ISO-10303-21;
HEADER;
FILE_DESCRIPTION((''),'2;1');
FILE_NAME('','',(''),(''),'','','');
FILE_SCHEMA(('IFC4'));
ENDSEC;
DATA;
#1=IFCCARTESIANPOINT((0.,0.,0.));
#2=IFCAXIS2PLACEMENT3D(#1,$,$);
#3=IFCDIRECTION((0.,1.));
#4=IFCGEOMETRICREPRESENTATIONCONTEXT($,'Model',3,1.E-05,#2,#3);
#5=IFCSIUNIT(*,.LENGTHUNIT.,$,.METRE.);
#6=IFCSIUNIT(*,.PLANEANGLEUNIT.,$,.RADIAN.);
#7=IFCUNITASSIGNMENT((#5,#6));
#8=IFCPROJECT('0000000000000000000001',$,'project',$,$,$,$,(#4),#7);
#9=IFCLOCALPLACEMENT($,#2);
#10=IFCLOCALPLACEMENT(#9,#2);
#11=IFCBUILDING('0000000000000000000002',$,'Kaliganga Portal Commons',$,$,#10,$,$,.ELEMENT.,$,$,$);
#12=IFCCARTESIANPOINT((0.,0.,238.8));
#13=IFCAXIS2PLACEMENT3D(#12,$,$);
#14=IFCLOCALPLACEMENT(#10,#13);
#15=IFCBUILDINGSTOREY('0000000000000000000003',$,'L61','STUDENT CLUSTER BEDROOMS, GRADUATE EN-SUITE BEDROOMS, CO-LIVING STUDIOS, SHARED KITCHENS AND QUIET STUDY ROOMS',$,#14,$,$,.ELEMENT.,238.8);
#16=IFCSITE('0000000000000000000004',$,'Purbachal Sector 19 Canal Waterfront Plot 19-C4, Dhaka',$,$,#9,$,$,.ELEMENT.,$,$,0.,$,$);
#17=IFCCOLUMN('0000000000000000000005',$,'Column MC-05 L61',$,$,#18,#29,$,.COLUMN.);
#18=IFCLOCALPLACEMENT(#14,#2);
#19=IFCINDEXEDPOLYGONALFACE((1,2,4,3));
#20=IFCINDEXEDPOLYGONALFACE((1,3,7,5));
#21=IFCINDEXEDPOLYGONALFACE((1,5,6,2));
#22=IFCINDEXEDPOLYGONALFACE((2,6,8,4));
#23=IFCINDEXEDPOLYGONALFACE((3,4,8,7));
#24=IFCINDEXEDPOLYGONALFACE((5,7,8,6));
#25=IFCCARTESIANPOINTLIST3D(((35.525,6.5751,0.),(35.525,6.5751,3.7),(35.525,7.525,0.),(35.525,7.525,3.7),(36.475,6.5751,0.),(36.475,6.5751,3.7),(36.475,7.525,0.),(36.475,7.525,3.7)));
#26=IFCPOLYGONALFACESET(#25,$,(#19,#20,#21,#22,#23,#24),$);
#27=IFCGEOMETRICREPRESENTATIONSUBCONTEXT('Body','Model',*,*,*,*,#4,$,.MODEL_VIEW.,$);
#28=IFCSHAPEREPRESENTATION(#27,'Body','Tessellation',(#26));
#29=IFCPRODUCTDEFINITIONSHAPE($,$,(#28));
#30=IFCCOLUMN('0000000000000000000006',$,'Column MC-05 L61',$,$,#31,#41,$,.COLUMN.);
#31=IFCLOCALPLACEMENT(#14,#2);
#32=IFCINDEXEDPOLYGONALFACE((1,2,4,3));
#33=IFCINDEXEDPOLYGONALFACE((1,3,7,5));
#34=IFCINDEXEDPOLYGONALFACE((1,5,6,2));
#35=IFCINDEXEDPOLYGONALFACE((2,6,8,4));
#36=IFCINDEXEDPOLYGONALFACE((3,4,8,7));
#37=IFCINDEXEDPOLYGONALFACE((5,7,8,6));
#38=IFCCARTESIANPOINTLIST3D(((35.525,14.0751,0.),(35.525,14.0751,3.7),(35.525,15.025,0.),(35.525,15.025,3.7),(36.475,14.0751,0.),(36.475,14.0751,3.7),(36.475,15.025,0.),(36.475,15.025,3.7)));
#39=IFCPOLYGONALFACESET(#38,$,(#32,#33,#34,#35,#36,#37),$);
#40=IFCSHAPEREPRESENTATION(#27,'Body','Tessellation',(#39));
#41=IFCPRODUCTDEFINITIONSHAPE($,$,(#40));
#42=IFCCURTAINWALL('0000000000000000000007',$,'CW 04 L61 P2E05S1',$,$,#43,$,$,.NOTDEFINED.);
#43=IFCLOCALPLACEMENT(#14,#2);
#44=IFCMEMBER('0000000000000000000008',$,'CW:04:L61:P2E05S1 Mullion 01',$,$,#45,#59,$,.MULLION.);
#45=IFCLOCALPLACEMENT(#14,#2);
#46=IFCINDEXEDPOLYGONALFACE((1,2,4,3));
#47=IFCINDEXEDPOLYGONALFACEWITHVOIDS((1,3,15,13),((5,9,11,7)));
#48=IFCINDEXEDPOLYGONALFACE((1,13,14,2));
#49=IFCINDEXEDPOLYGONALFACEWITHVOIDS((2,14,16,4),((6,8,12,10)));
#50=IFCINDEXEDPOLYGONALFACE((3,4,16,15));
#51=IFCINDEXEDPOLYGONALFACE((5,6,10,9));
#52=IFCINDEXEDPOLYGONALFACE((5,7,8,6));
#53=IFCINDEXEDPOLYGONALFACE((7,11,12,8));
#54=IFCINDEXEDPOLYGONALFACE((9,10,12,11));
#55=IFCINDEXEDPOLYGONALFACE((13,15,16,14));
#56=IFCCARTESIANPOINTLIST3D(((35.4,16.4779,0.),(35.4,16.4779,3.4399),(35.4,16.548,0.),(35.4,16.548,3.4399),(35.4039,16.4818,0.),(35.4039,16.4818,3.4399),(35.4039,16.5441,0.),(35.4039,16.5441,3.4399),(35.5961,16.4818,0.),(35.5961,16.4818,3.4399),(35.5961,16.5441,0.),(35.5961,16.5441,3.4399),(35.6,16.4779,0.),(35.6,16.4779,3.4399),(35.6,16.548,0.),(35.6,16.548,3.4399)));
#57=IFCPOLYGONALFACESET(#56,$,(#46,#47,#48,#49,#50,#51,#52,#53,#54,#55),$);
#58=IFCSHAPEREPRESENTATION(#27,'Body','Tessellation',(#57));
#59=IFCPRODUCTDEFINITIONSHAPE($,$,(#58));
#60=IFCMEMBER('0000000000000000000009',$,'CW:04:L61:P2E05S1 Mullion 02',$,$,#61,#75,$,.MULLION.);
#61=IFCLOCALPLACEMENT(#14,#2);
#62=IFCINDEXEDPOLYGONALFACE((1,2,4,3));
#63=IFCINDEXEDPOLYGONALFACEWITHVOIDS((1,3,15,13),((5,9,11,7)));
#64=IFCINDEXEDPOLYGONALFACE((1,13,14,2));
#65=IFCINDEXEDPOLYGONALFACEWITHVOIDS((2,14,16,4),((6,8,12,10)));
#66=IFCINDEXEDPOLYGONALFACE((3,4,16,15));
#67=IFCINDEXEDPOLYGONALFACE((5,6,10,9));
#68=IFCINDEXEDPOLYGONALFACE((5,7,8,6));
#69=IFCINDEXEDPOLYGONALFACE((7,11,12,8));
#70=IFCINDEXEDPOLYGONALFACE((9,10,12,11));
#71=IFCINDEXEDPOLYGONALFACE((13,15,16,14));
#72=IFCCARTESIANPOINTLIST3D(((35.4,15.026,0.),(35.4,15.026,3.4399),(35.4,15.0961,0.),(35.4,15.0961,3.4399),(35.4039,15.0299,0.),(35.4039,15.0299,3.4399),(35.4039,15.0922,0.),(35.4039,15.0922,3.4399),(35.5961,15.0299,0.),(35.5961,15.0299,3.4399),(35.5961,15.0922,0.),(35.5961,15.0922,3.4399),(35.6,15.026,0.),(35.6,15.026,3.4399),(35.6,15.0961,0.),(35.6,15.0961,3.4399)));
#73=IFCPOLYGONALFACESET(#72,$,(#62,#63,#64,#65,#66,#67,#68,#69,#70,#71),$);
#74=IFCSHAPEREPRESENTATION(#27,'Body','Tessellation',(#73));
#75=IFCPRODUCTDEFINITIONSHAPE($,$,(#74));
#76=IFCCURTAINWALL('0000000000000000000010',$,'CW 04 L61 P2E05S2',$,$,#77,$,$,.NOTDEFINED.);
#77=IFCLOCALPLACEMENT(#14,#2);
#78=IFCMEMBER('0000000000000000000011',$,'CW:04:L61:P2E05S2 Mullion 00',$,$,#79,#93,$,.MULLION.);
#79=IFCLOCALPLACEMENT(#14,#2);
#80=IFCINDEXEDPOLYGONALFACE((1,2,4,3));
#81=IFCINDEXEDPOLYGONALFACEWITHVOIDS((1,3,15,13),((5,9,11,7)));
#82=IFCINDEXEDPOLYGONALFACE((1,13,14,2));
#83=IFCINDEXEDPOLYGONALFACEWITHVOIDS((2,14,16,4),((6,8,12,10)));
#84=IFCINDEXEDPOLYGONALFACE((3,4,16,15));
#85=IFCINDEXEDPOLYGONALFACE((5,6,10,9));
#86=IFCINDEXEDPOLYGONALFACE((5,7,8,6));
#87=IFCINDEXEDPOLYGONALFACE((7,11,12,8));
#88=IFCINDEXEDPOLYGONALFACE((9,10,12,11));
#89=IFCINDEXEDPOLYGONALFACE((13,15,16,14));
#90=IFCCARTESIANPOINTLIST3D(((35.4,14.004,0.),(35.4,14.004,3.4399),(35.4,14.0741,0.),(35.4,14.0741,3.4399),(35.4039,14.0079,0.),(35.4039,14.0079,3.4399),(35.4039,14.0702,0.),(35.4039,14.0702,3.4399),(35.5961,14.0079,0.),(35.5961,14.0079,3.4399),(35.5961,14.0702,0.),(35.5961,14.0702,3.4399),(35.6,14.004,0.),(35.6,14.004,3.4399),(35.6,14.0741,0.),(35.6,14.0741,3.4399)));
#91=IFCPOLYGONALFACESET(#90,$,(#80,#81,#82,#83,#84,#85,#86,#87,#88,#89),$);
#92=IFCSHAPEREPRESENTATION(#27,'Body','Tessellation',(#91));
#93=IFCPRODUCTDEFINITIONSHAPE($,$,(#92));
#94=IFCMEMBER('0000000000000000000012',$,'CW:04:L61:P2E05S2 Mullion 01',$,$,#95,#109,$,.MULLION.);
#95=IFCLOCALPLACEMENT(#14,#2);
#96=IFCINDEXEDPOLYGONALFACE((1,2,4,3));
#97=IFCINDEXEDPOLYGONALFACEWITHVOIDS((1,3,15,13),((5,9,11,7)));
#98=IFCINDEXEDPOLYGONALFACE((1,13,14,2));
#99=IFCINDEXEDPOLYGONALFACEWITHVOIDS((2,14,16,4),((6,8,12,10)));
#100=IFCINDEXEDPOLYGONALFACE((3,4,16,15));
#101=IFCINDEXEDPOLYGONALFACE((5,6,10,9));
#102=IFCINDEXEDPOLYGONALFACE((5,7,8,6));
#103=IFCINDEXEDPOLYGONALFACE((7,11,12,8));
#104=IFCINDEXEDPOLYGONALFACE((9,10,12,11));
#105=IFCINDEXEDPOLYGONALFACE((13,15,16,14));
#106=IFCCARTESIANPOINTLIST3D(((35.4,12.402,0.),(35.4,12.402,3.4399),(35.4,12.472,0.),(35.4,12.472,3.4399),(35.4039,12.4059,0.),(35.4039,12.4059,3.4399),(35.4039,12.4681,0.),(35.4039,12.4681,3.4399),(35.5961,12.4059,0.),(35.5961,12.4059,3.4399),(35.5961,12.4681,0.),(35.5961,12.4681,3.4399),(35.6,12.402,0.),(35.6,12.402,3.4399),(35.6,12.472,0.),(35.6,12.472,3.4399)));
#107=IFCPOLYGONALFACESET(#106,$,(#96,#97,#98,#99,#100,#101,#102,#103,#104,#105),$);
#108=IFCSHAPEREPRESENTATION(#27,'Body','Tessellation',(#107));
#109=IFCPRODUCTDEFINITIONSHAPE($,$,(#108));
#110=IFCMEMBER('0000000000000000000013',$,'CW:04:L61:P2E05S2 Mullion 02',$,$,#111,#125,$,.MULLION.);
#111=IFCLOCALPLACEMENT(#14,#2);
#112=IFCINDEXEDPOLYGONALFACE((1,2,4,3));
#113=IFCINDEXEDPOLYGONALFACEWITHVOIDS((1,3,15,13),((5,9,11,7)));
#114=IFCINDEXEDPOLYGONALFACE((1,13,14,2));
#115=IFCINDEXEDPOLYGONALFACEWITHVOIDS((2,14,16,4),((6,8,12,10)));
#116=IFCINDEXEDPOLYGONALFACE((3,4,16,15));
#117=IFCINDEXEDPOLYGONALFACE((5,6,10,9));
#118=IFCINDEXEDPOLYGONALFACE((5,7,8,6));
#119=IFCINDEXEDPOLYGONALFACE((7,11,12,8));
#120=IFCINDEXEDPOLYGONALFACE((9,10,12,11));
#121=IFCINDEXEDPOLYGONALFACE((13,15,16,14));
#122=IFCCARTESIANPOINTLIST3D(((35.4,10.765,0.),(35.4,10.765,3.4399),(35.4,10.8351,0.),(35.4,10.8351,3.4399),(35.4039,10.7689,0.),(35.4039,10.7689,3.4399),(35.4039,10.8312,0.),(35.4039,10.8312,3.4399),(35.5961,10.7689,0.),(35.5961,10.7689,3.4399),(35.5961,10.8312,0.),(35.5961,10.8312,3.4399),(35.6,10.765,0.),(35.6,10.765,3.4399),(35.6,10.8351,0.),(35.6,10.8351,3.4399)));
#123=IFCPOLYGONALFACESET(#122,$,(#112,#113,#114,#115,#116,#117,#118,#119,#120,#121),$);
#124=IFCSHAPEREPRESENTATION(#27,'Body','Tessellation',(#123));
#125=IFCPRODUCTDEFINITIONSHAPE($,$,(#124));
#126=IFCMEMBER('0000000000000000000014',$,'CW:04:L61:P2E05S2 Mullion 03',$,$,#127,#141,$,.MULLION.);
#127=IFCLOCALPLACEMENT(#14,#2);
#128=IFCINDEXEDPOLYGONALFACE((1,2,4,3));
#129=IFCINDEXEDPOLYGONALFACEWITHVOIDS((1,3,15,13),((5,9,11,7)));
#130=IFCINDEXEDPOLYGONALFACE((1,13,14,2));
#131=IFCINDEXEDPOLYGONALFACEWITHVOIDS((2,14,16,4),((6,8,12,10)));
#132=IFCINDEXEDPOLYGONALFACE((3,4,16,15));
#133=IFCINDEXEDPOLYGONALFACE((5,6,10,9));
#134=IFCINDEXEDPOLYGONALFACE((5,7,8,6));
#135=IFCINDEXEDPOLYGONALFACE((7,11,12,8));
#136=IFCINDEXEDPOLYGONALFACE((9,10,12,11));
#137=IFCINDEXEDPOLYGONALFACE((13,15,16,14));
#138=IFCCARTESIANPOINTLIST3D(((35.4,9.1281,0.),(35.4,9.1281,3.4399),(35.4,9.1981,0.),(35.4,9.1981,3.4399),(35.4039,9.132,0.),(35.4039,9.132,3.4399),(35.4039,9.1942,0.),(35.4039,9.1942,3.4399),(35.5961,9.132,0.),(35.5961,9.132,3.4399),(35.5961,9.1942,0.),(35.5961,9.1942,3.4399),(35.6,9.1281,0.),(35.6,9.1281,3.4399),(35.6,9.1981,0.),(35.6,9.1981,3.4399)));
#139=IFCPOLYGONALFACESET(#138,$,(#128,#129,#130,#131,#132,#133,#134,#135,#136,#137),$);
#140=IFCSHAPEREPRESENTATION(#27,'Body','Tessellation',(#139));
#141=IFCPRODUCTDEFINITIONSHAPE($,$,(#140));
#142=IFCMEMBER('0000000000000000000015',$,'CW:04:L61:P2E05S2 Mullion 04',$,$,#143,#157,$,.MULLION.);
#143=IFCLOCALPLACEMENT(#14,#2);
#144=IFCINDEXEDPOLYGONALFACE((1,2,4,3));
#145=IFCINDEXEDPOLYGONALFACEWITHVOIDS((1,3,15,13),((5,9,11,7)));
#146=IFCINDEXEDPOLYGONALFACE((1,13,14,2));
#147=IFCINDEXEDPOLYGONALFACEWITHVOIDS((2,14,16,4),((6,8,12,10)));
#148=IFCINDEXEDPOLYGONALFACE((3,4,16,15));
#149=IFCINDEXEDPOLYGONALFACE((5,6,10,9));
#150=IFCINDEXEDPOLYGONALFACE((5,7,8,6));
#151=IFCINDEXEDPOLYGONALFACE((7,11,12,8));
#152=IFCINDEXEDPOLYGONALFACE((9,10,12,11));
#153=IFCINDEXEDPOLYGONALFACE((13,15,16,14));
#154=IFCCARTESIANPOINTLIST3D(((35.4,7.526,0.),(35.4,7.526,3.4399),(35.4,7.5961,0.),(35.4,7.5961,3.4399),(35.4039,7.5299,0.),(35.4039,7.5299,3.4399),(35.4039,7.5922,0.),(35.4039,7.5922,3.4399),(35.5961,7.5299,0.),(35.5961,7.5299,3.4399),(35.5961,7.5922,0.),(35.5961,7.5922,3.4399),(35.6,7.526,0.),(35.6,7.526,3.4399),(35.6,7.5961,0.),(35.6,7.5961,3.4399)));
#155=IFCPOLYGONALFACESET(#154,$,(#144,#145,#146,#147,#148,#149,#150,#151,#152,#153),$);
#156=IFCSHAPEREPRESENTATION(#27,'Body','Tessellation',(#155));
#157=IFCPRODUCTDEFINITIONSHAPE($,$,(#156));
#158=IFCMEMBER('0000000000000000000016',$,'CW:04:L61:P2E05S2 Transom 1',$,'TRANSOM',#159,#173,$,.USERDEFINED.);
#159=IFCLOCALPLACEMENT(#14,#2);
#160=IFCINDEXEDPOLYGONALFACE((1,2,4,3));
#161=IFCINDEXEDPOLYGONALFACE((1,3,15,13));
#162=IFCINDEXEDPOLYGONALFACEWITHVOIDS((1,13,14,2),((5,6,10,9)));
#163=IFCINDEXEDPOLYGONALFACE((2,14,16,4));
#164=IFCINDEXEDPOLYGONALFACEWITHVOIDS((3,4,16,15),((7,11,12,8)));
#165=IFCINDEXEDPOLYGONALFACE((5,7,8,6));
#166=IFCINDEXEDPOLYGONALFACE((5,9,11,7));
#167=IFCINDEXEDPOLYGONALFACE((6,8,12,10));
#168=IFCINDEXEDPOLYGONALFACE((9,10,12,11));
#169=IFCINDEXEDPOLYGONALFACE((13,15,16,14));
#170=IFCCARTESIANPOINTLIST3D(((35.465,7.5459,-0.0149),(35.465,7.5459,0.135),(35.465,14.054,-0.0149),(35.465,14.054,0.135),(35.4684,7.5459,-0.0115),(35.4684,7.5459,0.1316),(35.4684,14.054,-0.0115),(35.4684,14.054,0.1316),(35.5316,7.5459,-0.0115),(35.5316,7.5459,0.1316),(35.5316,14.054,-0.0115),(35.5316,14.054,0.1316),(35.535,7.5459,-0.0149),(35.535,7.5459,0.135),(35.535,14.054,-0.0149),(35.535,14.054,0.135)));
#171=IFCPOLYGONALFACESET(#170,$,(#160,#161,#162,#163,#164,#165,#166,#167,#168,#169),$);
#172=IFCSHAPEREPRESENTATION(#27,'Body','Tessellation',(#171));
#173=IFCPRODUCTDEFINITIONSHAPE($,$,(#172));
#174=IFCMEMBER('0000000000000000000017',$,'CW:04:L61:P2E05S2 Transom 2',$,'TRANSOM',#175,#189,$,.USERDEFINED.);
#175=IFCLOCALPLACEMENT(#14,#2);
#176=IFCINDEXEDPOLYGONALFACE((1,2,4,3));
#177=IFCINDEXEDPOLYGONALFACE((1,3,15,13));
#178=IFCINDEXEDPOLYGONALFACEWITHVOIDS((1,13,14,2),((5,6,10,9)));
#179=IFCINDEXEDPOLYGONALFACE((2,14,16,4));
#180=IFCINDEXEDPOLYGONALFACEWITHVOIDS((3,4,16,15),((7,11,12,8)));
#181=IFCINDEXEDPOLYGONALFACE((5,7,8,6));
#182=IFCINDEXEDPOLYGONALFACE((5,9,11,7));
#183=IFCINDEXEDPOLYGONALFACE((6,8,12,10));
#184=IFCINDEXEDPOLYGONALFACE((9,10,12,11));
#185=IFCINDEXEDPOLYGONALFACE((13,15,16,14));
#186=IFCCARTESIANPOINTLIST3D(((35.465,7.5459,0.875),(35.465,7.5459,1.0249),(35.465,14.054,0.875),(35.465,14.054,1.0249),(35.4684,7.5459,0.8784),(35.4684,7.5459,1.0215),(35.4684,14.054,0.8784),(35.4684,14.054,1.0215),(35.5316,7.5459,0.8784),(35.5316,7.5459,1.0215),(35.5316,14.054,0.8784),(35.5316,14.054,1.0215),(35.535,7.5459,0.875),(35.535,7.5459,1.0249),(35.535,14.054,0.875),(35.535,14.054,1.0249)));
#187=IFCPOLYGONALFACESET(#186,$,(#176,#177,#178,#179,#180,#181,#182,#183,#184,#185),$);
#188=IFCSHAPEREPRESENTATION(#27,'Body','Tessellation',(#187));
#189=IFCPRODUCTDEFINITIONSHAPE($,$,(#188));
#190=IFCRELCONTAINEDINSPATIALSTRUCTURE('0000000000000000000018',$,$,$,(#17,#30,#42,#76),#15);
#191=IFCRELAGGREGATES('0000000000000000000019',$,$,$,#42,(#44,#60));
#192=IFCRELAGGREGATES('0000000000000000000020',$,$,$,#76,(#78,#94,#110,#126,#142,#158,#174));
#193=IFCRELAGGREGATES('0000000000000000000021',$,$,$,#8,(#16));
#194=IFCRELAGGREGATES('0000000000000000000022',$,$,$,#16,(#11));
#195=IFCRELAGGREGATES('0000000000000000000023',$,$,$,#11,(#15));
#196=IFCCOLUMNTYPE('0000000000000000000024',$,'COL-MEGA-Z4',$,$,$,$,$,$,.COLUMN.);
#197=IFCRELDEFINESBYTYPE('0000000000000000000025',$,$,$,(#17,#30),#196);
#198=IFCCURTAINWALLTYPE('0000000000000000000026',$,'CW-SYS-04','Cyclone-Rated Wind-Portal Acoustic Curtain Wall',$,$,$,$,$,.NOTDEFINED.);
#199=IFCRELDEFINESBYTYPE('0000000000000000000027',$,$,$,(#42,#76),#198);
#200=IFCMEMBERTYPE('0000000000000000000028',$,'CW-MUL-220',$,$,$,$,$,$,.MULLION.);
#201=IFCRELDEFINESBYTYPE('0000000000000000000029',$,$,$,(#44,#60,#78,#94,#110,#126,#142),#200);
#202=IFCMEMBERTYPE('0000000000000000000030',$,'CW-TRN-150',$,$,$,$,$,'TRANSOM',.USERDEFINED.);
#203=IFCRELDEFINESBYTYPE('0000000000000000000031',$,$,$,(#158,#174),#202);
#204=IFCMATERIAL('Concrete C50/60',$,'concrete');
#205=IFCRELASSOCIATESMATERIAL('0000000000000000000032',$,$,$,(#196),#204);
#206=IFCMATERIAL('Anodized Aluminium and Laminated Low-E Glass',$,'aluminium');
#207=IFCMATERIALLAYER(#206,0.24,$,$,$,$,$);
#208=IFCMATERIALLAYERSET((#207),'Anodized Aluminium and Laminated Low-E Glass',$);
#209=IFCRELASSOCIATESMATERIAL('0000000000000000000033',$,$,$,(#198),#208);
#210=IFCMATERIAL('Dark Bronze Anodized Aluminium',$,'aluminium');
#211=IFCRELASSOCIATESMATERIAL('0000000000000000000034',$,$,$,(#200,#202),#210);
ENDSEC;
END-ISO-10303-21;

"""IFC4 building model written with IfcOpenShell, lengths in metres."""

from ifc_helpers import new_model, si_unit, direction, frame, origin, origin_2d, place, context, subcontext, project, spatial, rectangle, hollow_rectangle, extrude, source, transform, mapped, material, layer, layer_set, material_profile, profile_set, type_object, element, aggregate, save


model = new_model("IFC4")

# Units and contexts
model_context = context("Model", 3, precision=1e-05, world=origin(), true_north=direction((0.0, 1.0)))
body_context = subcontext(model_context, "Body", "Model", "MODEL_VIEW")
ifc_project = project(units=[si_unit("LENGTHUNIT", "METRE"), si_unit("PLANEANGLEUNIT", "RADIAN")], contexts=[model_context])

# Site, building, storey
site_placement = place(None, origin())
site = spatial("IfcSite", under=ifc_project, at=site_placement, Name="Purbachal Sector 19 Canal Waterfront Plot 19-C4, Dhaka", CompositionType="ELEMENT", RefElevation=0.0)
building_placement = place(site_placement, origin())
building = spatial("IfcBuilding", under=site, at=building_placement, Name="Kaliganga Portal Commons", CompositionType="ELEMENT")
storey_placement = place(building_placement, frame((0.0, 0.0, 238.8)))
storey = spatial("IfcBuildingStorey", under=building, at=storey_placement, Name="L61", Description="STUDENT CLUSTER BEDROOMS, GRADUATE EN-SUITE BEDROOMS, CO-LIVING STUDIOS, SHARED KITCHENS AND QUIET STUDY ROOMS", CompositionType="ELEMENT", Elevation=238.8)

# Columns
ifc_material_1 = material(Name="Concrete C50/60", Category="concrete")
ifc_material_profile_1 = material_profile(ifc_material_1, rectangle(XDim=0.95, YDim=0.95, at=origin_2d()), Name="RC 950x950")
ifc_profile_set_1 = profile_set([ifc_material_profile_1], Name="Concrete C50/60")
column_type = type_object("IfcColumnType", Name="COL-MEGA-Z4", PredefinedType="COLUMN", material=ifc_profile_set_1)
shared_shape_1 = source(origin(), body_context, "Body", "SweptSolid", [
    extrude(rectangle(XDim=0.95, YDim=0.95, at=origin_2d()), origin(), (0.0, 0.0, 1.0), 3.7),
])
for number, where, z_axis, x_axis, name in (
    (1, (36.0, 7.05, 0.0), (0.0, 0.0, 1.0), (1.0, 0.0, 0.0), "Column MC-05 L61"),
    (2, (36.0, 14.55, 0.0), (0.0, 0.0, 1.0), (1.0, 0.0, 0.0), "Column MC-05 L61"),
):
    element("IfcColumn", number, at=place(storey_placement, frame(where, z_axis=z_axis, x_axis=x_axis)), inside=storey, type_object=column_type, Name=name, PredefinedType="COLUMN", context=body_context, shape_type="MappedRepresentation", body=[
        mapped(shared_shape_1, transform((0.0, 0.0, 0.0), x_axis=(1.0, 0.0, 0.0), y_axis=(0.0, 1.0, 0.0), z_axis=(0.0, 0.0, 1.0), scale=1.0)),
    ])

# Curtain wall, members
ifc_material_2 = material(Name="Anodized Aluminium and Laminated Low-E Glass", Category="aluminium")
ifc_layer_1 = layer(ifc_material_2, 0.24)
ifc_layer_set_1 = layer_set([ifc_layer_1], Name="Anodized Aluminium and Laminated Low-E Glass")
curtain_wall_type = type_object("IfcCurtainWallType", Name="CW-SYS-04", Description="Cyclone-Rated Wind-Portal Acoustic Curtain Wall", PredefinedType="NOTDEFINED", material=ifc_layer_set_1)
curtain_wall_1_placement = place(storey_placement, origin())
curtain_wall_1 = element("IfcCurtainWall", 3, at=curtain_wall_1_placement, inside=storey, type_object=curtain_wall_type, Name="CW 04 L61 P2E05S1", PredefinedType="NOTDEFINED")
ifc_material_3 = material(Name="Dark Bronze Anodized Aluminium", Category="aluminium")
ifc_material_profile_2 = material_profile(ifc_material_3, hollow_rectangle(XDim=0.0701, YDim=0.2, WallThickness=0.0039, at=origin_2d()), Name="ALU MULL 70x200x4")
ifc_profile_set_2 = profile_set([ifc_material_profile_2], Name="Dark Bronze Anodized Aluminium")
member_type_1 = type_object("IfcMemberType", Name="CW-MUL-220", PredefinedType="MULLION", material=ifc_profile_set_2)
shared_shape_2 = source(origin(), body_context, "Body", "SweptSolid", [
    extrude(hollow_rectangle(XDim=0.0701, YDim=0.2, WallThickness=0.0039, at=origin_2d()), origin(), (0.0, 0.0, 1.0), 3.4399),
])
member_1_placement = place(storey_placement, frame((35.5, 16.5129, 0.0), z_axis=(0.0, 0.0, 1.0), x_axis=(0.0, -1.0, 0.0)))
member_1 = element("IfcMember", 4, at=member_1_placement, type_object=member_type_1, Name="CW:04:L61:P2E05S1 Mullion 01", PredefinedType="MULLION", context=body_context, shape_type="MappedRepresentation", body=[
    mapped(shared_shape_2, transform((0.0, 0.0, 0.0), x_axis=(1.0, 0.0, 0.0), y_axis=(0.0, 1.0, 0.0), z_axis=(0.0, 0.0, 1.0), scale=1.0)),
])
member_2_placement = place(storey_placement, frame((35.5, 15.061, 0.0), z_axis=(0.0, 0.0, 1.0), x_axis=(0.0, -1.0, 0.0)))
member_2 = element("IfcMember", 5, at=member_2_placement, type_object=member_type_1, Name="CW:04:L61:P2E05S1 Mullion 02", PredefinedType="MULLION", context=body_context, shape_type="MappedRepresentation", body=[
    mapped(shared_shape_2, transform((0.0, 0.0, 0.0), x_axis=(1.0, 0.0, 0.0), y_axis=(0.0, 1.0, 0.0), z_axis=(0.0, 0.0, 1.0), scale=1.0)),
])

# Curtain wall, members
curtain_wall_2_placement = place(storey_placement, origin())
curtain_wall_2 = element("IfcCurtainWall", 6, at=curtain_wall_2_placement, inside=storey, type_object=curtain_wall_type, Name="CW 04 L61 P2E05S2", PredefinedType="NOTDEFINED")
member_3_placement = place(storey_placement, frame((35.5, 14.0391, 0.0), z_axis=(0.0, 0.0, 1.0), x_axis=(0.0, -1.0, 0.0)))
member_3 = element("IfcMember", 7, at=member_3_placement, type_object=member_type_1, Name="CW:04:L61:P2E05S2 Mullion 00", PredefinedType="MULLION", context=body_context, shape_type="MappedRepresentation", body=[
    mapped(shared_shape_2, transform((0.0, 0.0, 0.0), x_axis=(1.0, 0.0, 0.0), y_axis=(0.0, 1.0, 0.0), z_axis=(0.0, 0.0, 1.0), scale=1.0)),
])
member_4_placement = place(storey_placement, frame((35.5, 12.437, 0.0), z_axis=(0.0, 0.0, 1.0), x_axis=(0.0, -1.0, 0.0)))
member_4 = element("IfcMember", 8, at=member_4_placement, type_object=member_type_1, Name="CW:04:L61:P2E05S2 Mullion 01", PredefinedType="MULLION", context=body_context, shape_type="MappedRepresentation", body=[
    mapped(shared_shape_2, transform((0.0, 0.0, 0.0), x_axis=(1.0, 0.0, 0.0), y_axis=(0.0, 1.0, 0.0), z_axis=(0.0, 0.0, 1.0), scale=1.0)),
])
member_5_placement = place(storey_placement, frame((35.5, 10.8, 0.0), z_axis=(0.0, 0.0, 1.0), x_axis=(0.0, -1.0, 0.0)))
member_5 = element("IfcMember", 9, at=member_5_placement, type_object=member_type_1, Name="CW:04:L61:P2E05S2 Mullion 02", PredefinedType="MULLION", context=body_context, shape_type="MappedRepresentation", body=[
    mapped(shared_shape_2, transform((0.0, 0.0, 0.0), x_axis=(1.0, 0.0, 0.0), y_axis=(0.0, 1.0, 0.0), z_axis=(0.0, 0.0, 1.0), scale=1.0)),
])
member_6_placement = place(storey_placement, frame((35.5, 9.1631, 0.0), z_axis=(0.0, 0.0, 1.0), x_axis=(0.0, -1.0, 0.0)))
member_6 = element("IfcMember", 10, at=member_6_placement, type_object=member_type_1, Name="CW:04:L61:P2E05S2 Mullion 03", PredefinedType="MULLION", context=body_context, shape_type="MappedRepresentation", body=[
    mapped(shared_shape_2, transform((0.0, 0.0, 0.0), x_axis=(1.0, 0.0, 0.0), y_axis=(0.0, 1.0, 0.0), z_axis=(0.0, 0.0, 1.0), scale=1.0)),
])
member_7_placement = place(storey_placement, frame((35.5, 7.561, 0.0), z_axis=(0.0, 0.0, 1.0), x_axis=(0.0, -1.0, 0.0)))
member_7 = element("IfcMember", 11, at=member_7_placement, type_object=member_type_1, Name="CW:04:L61:P2E05S2 Mullion 04", PredefinedType="MULLION", context=body_context, shape_type="MappedRepresentation", body=[
    mapped(shared_shape_2, transform((0.0, 0.0, 0.0), x_axis=(1.0, 0.0, 0.0), y_axis=(0.0, 1.0, 0.0), z_axis=(0.0, 0.0, 1.0), scale=1.0)),
])
ifc_material_profile_3 = material_profile(ifc_material_3, hollow_rectangle(XDim=0.0701, YDim=0.1499, WallThickness=0.0034, at=origin_2d()), Name="ALU TRAN 70x150x3.5")
ifc_profile_set_3 = profile_set([ifc_material_profile_3], Name="Dark Bronze Anodized Aluminium")
member_type_2 = type_object("IfcMemberType", Name="CW-TRN-150", ElementType="TRANSOM", PredefinedType="USERDEFINED", material=ifc_profile_set_3)
shared_shape_3 = source(origin(), body_context, "Body", "SweptSolid", [
    extrude(hollow_rectangle(XDim=0.0701, YDim=0.1499, WallThickness=0.0034, at=origin_2d()), origin(), (0.0, 0.0, 1.0), 6.5081),
])
member_8_placement = place(storey_placement, frame((35.5, 14.054, 0.0601), z_axis=(0.0, -1.0, 0.0), x_axis=(1.0, 0.0, 0.0)))
member_8 = element("IfcMember", 12, at=member_8_placement, type_object=member_type_2, Name="CW:04:L61:P2E05S2 Transom 1", ObjectType="TRANSOM", PredefinedType="USERDEFINED", context=body_context, shape_type="MappedRepresentation", body=[
    mapped(shared_shape_3, transform((0.0, 0.0, 0.0), x_axis=(1.0, 0.0, 0.0), y_axis=(0.0, 1.0, 0.0), z_axis=(0.0, 0.0, 1.0), scale=1.0)),
])
member_9_placement = place(storey_placement, frame((35.5, 14.054, 0.95), z_axis=(0.0, -1.0, 0.0), x_axis=(1.0, 0.0, 0.0)))
member_9 = element("IfcMember", 13, at=member_9_placement, type_object=member_type_2, Name="CW:04:L61:P2E05S2 Transom 2", ObjectType="TRANSOM", PredefinedType="USERDEFINED", context=body_context, shape_type="MappedRepresentation", body=[
    mapped(shared_shape_3, transform((0.0, 0.0, 0.0), x_axis=(1.0, 0.0, 0.0), y_axis=(0.0, 1.0, 0.0), z_axis=(0.0, 0.0, 1.0), scale=1.0)),
])

aggregate(curtain_wall_1, [member_1, member_2])
aggregate(curtain_wall_2, [member_3, member_4, member_5, member_6, member_7, member_8, member_9])

save(model, "model.ifc")
